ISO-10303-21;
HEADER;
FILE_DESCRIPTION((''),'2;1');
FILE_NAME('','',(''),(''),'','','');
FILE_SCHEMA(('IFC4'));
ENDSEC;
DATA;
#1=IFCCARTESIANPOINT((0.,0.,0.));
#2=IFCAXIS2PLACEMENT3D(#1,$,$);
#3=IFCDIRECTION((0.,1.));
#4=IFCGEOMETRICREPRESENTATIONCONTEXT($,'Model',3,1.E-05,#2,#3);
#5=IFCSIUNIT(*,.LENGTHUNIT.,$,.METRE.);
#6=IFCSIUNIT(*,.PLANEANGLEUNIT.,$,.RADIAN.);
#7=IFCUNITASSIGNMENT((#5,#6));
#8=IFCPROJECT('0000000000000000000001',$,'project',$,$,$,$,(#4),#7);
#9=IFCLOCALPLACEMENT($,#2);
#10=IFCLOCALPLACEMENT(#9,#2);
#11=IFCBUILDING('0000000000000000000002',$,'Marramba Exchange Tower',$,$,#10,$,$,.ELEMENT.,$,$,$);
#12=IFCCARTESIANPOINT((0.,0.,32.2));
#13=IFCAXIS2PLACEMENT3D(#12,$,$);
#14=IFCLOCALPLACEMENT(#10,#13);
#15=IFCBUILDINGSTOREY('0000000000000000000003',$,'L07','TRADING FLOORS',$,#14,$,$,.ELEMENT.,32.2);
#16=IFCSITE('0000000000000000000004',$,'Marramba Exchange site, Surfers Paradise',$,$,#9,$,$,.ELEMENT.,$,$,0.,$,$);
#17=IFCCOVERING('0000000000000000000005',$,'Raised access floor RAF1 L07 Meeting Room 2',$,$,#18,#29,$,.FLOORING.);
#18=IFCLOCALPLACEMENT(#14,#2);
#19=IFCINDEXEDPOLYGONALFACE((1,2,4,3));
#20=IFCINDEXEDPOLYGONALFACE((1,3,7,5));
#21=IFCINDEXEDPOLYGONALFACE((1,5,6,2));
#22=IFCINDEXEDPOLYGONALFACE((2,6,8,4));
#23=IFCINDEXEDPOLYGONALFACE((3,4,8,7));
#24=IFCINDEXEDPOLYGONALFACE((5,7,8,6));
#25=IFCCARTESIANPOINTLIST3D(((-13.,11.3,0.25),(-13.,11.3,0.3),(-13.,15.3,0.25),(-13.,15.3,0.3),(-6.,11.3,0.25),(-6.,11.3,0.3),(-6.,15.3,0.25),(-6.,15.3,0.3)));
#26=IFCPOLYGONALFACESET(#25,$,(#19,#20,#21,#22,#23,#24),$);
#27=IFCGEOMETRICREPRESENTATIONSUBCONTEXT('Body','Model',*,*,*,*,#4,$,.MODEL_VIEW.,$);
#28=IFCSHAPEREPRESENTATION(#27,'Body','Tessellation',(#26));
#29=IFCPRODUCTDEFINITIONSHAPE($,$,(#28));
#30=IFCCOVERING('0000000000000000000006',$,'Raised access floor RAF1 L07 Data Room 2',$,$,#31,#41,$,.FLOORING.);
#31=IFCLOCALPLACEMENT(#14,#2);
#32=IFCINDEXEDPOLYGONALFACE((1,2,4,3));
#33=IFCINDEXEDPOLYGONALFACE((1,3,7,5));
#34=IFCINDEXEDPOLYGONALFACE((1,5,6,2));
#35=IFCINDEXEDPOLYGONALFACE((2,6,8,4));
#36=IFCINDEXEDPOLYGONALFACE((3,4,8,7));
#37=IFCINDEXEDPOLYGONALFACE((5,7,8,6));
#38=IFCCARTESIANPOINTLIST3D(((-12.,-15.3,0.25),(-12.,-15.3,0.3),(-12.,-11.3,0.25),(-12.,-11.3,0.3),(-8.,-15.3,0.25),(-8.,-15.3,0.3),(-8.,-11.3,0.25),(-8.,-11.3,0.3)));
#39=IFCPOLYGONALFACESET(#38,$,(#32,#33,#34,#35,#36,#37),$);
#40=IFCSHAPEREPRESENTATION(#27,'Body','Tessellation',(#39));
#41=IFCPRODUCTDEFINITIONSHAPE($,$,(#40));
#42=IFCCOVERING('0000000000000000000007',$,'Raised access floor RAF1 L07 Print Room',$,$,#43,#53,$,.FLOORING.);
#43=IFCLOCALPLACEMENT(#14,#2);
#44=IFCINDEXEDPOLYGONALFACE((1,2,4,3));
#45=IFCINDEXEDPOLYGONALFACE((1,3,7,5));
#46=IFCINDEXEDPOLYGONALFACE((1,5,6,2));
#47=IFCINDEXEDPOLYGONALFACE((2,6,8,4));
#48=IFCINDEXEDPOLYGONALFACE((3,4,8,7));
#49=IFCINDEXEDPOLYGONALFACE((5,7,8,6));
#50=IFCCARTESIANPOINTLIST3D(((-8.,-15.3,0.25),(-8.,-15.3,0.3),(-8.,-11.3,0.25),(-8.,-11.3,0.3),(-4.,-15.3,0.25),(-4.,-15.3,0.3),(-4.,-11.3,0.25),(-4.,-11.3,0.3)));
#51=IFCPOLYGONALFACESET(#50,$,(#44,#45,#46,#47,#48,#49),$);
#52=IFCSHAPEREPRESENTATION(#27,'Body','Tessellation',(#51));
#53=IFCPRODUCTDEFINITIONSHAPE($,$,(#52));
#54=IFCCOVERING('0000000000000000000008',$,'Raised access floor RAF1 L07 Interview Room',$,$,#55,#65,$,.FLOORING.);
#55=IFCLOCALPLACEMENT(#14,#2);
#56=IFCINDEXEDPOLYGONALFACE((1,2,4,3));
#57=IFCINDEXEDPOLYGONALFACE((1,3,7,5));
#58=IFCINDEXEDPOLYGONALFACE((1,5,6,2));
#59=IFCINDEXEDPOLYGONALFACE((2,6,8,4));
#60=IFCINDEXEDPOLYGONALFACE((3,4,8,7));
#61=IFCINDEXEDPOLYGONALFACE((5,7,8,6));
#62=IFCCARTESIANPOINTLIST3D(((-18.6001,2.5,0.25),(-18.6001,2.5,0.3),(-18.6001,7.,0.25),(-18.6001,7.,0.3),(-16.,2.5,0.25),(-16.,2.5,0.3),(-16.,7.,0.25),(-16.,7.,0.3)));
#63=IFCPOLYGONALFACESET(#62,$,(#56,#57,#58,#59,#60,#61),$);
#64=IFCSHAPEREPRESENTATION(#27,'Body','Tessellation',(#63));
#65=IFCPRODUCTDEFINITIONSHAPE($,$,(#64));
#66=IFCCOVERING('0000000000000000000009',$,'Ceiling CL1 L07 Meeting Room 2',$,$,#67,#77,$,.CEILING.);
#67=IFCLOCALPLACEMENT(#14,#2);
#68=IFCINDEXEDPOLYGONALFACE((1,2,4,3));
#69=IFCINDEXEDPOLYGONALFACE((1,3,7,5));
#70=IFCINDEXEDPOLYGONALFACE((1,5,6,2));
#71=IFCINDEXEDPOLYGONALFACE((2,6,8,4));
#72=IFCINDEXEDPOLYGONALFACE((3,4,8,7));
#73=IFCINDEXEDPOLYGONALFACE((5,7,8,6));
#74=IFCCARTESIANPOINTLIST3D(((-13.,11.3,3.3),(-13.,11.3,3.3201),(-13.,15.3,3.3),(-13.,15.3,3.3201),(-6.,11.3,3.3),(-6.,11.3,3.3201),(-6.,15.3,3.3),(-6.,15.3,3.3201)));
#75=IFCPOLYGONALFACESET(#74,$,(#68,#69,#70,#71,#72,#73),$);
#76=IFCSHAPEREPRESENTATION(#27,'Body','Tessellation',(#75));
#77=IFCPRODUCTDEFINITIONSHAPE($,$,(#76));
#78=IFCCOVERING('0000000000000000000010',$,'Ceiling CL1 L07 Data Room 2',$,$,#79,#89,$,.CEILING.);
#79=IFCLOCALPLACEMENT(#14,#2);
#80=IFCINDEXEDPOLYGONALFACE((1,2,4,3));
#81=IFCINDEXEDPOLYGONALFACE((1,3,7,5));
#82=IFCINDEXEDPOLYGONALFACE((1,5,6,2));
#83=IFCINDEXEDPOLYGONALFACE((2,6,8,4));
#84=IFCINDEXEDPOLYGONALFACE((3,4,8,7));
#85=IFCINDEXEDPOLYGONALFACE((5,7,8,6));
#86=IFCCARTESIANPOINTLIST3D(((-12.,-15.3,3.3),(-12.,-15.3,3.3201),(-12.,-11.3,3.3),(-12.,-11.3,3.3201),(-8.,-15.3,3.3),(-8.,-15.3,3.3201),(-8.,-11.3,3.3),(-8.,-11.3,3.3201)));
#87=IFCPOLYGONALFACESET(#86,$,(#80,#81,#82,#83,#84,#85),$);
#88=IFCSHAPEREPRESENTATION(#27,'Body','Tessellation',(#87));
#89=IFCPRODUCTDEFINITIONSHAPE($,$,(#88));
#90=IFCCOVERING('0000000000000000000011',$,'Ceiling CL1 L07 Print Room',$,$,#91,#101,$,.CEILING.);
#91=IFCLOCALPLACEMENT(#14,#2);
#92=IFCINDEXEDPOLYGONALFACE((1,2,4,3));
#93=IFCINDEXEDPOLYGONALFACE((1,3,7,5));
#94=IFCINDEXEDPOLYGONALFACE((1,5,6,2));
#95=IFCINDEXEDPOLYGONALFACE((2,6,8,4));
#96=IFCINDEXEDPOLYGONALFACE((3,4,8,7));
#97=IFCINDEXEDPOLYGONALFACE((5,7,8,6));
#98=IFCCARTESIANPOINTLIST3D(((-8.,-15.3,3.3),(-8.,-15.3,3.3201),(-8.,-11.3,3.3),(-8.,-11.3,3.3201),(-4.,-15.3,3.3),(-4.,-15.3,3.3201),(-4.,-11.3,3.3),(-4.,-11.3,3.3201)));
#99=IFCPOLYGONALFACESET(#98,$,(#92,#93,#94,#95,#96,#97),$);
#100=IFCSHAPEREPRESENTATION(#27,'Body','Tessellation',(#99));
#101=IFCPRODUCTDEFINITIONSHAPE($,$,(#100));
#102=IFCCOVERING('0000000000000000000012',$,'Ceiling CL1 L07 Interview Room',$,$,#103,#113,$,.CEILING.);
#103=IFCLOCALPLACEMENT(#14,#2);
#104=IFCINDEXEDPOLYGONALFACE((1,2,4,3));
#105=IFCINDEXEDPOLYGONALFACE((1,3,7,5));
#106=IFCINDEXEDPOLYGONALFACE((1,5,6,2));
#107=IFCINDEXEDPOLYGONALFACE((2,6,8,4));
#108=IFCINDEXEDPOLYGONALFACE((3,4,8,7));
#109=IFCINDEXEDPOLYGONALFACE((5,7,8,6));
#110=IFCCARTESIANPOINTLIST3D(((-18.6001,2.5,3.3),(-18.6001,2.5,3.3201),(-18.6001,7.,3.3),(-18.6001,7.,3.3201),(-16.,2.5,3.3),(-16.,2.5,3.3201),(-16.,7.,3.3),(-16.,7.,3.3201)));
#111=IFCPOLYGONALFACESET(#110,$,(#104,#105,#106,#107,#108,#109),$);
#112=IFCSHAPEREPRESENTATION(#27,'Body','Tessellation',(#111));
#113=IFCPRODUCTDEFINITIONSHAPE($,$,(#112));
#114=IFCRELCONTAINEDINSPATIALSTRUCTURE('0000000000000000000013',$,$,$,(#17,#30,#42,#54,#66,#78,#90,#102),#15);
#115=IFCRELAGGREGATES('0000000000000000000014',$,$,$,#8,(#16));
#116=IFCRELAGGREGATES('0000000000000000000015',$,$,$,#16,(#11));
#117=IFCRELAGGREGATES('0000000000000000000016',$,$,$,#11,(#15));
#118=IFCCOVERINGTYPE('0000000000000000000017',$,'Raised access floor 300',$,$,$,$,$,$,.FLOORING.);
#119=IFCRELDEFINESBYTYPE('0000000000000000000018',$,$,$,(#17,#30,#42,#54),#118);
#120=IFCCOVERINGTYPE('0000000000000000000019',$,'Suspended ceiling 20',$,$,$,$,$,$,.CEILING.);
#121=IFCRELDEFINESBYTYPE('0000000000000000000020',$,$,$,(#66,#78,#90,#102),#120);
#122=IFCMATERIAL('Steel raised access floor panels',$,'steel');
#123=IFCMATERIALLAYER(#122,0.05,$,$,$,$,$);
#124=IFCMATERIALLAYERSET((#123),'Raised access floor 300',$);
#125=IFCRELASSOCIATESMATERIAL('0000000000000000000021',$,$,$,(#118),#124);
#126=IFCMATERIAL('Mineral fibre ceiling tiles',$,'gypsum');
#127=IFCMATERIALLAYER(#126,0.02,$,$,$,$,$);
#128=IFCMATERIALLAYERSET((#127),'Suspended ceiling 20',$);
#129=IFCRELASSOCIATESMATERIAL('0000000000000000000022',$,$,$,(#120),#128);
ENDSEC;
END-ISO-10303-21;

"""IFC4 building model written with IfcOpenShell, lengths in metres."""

from ifc_helpers import new_model, si_unit, direction, frame, origin, place, context, subcontext, project, spatial, polyline, outline, extrude, material, layer, layer_set, type_object, element, save


model = new_model("IFC4")

# Units and contexts
model_context = context("Model", 3, precision=1e-05, world=origin(), true_north=direction((0.0, 1.0)))
body_context = subcontext(model_context, "Body", "Model", "MODEL_VIEW")
ifc_project = project(units=[si_unit("LENGTHUNIT", "METRE"), si_unit("PLANEANGLEUNIT", "RADIAN")], contexts=[model_context])

# Site, building, storey
site_placement = place(None, origin())
site = spatial("IfcSite", under=ifc_project, at=site_placement, Name="Marramba Exchange site, Surfers Paradise", CompositionType="ELEMENT", RefElevation=0.0)
building_placement = place(site_placement, origin())
building = spatial("IfcBuilding", under=site, at=building_placement, Name="Marramba Exchange Tower", CompositionType="ELEMENT")
storey_placement = place(building_placement, frame((0.0, 0.0, 32.2)))
storey = spatial("IfcBuildingStorey", under=building, at=storey_placement, Name="L07", Description="TRADING FLOORS", CompositionType="ELEMENT", Elevation=32.2)

# Coverings
ifc_material_1 = material(Name="Steel raised access floor panels", Category="steel")
ifc_layer_1 = layer(ifc_material_1, 0.05)
ifc_layer_set_1 = layer_set([ifc_layer_1], Name="Raised access floor 300")
covering_type_1 = type_object("IfcCoveringType", Name="Raised access floor 300", PredefinedType="FLOORING", material=ifc_layer_set_1)
covering_1_placement = place(storey_placement, frame((0.0, 0.0, 0.25)))
element("IfcCovering", 1, at=covering_1_placement, inside=storey, type_object=covering_type_1, Name="Raised access floor RAF1 L07 Meeting Room 2", PredefinedType="FLOORING", context=body_context, shape_type="SweptSolid", body=[
    extrude(outline(polyline([(-6.0, 11.3), (-13.0, 11.3), (-13.0, 15.3), (-6.0, 15.3), (-6.0, 11.3)])), origin(), (0.0, 0.0, 1.0), 0.05),
])
covering_2_placement = place(storey_placement, frame((0.0, 0.0, 0.25)))
element("IfcCovering", 2, at=covering_2_placement, inside=storey, type_object=covering_type_1, Name="Raised access floor RAF1 L07 Data Room 2", PredefinedType="FLOORING", context=body_context, shape_type="SweptSolid", body=[
    extrude(outline(polyline([(-8.0, -15.3), (-12.0, -15.3), (-12.0, -11.3), (-8.0, -11.3), (-8.0, -15.3)])), origin(), (0.0, 0.0, 1.0), 0.05),
])
covering_3_placement = place(storey_placement, frame((0.0, 0.0, 0.25)))
element("IfcCovering", 3, at=covering_3_placement, inside=storey, type_object=covering_type_1, Name="Raised access floor RAF1 L07 Print Room", PredefinedType="FLOORING", context=body_context, shape_type="SweptSolid", body=[
    extrude(outline(polyline([(-4.0, -15.3), (-8.0, -15.3), (-8.0, -11.3), (-4.0, -11.3), (-4.0, -15.3)])), origin(), (0.0, 0.0, 1.0), 0.05),
])
covering_4_placement = place(storey_placement, frame((0.0, 0.0, 0.25)))
element("IfcCovering", 4, at=covering_4_placement, inside=storey, type_object=covering_type_1, Name="Raised access floor RAF1 L07 Interview Room", PredefinedType="FLOORING", context=body_context, shape_type="SweptSolid", body=[
    extrude(outline(polyline([(-16.0, 2.5), (-18.6001, 2.5), (-18.6001, 7.0), (-16.0, 7.0), (-16.0, 2.5)])), origin(), (0.0, 0.0, 1.0), 0.05),
])
ifc_material_2 = material(Name="Mineral fibre ceiling tiles", Category="gypsum")
ifc_layer_2 = layer(ifc_material_2, 0.02)
ifc_layer_set_2 = layer_set([ifc_layer_2], Name="Suspended ceiling 20")
covering_type_2 = type_object("IfcCoveringType", Name="Suspended ceiling 20", PredefinedType="CEILING", material=ifc_layer_set_2)
covering_5_placement = place(storey_placement, frame((0.0, 0.0, 3.3)))
element("IfcCovering", 5, at=covering_5_placement, inside=storey, type_object=covering_type_2, Name="Ceiling CL1 L07 Meeting Room 2", PredefinedType="CEILING", context=body_context, shape_type="SweptSolid", body=[
    extrude(outline(polyline([(-6.0, 11.3), (-13.0, 11.3), (-13.0, 15.3), (-6.0, 15.3), (-6.0, 11.3)])), origin(), (0.0, 0.0, 1.0), 0.02),
])
covering_6_placement = place(storey_placement, frame((0.0, 0.0, 3.3)))
element("IfcCovering", 6, at=covering_6_placement, inside=storey, type_object=covering_type_2, Name="Ceiling CL1 L07 Data Room 2", PredefinedType="CEILING", context=body_context, shape_type="SweptSolid", body=[
    extrude(outline(polyline([(-8.0, -15.3), (-12.0, -15.3), (-12.0, -11.3), (-8.0, -11.3), (-8.0, -15.3)])), origin(), (0.0, 0.0, 1.0), 0.02),
])
covering_7_placement = place(storey_placement, frame((0.0, 0.0, 3.3)))
element("IfcCovering", 7, at=covering_7_placement, inside=storey, type_object=covering_type_2, Name="Ceiling CL1 L07 Print Room", PredefinedType="CEILING", context=body_context, shape_type="SweptSolid", body=[
    extrude(outline(polyline([(-4.0, -15.3), (-8.0, -15.3), (-8.0, -11.3), (-4.0, -11.3), (-4.0, -15.3)])), origin(), (0.0, 0.0, 1.0), 0.02),
])
covering_8_placement = place(storey_placement, frame((0.0, 0.0, 3.3)))
element("IfcCovering", 8, at=covering_8_placement, inside=storey, type_object=covering_type_2, Name="Ceiling CL1 L07 Interview Room", PredefinedType="CEILING", context=body_context, shape_type="SweptSolid", body=[
    extrude(outline(polyline([(-16.0, 2.5), (-18.6001, 2.5), (-18.6001, 7.0), (-16.0, 7.0), (-16.0, 2.5)])), origin(), (0.0, 0.0, 1.0), 0.02),
])

save(model, "model.ifc")
